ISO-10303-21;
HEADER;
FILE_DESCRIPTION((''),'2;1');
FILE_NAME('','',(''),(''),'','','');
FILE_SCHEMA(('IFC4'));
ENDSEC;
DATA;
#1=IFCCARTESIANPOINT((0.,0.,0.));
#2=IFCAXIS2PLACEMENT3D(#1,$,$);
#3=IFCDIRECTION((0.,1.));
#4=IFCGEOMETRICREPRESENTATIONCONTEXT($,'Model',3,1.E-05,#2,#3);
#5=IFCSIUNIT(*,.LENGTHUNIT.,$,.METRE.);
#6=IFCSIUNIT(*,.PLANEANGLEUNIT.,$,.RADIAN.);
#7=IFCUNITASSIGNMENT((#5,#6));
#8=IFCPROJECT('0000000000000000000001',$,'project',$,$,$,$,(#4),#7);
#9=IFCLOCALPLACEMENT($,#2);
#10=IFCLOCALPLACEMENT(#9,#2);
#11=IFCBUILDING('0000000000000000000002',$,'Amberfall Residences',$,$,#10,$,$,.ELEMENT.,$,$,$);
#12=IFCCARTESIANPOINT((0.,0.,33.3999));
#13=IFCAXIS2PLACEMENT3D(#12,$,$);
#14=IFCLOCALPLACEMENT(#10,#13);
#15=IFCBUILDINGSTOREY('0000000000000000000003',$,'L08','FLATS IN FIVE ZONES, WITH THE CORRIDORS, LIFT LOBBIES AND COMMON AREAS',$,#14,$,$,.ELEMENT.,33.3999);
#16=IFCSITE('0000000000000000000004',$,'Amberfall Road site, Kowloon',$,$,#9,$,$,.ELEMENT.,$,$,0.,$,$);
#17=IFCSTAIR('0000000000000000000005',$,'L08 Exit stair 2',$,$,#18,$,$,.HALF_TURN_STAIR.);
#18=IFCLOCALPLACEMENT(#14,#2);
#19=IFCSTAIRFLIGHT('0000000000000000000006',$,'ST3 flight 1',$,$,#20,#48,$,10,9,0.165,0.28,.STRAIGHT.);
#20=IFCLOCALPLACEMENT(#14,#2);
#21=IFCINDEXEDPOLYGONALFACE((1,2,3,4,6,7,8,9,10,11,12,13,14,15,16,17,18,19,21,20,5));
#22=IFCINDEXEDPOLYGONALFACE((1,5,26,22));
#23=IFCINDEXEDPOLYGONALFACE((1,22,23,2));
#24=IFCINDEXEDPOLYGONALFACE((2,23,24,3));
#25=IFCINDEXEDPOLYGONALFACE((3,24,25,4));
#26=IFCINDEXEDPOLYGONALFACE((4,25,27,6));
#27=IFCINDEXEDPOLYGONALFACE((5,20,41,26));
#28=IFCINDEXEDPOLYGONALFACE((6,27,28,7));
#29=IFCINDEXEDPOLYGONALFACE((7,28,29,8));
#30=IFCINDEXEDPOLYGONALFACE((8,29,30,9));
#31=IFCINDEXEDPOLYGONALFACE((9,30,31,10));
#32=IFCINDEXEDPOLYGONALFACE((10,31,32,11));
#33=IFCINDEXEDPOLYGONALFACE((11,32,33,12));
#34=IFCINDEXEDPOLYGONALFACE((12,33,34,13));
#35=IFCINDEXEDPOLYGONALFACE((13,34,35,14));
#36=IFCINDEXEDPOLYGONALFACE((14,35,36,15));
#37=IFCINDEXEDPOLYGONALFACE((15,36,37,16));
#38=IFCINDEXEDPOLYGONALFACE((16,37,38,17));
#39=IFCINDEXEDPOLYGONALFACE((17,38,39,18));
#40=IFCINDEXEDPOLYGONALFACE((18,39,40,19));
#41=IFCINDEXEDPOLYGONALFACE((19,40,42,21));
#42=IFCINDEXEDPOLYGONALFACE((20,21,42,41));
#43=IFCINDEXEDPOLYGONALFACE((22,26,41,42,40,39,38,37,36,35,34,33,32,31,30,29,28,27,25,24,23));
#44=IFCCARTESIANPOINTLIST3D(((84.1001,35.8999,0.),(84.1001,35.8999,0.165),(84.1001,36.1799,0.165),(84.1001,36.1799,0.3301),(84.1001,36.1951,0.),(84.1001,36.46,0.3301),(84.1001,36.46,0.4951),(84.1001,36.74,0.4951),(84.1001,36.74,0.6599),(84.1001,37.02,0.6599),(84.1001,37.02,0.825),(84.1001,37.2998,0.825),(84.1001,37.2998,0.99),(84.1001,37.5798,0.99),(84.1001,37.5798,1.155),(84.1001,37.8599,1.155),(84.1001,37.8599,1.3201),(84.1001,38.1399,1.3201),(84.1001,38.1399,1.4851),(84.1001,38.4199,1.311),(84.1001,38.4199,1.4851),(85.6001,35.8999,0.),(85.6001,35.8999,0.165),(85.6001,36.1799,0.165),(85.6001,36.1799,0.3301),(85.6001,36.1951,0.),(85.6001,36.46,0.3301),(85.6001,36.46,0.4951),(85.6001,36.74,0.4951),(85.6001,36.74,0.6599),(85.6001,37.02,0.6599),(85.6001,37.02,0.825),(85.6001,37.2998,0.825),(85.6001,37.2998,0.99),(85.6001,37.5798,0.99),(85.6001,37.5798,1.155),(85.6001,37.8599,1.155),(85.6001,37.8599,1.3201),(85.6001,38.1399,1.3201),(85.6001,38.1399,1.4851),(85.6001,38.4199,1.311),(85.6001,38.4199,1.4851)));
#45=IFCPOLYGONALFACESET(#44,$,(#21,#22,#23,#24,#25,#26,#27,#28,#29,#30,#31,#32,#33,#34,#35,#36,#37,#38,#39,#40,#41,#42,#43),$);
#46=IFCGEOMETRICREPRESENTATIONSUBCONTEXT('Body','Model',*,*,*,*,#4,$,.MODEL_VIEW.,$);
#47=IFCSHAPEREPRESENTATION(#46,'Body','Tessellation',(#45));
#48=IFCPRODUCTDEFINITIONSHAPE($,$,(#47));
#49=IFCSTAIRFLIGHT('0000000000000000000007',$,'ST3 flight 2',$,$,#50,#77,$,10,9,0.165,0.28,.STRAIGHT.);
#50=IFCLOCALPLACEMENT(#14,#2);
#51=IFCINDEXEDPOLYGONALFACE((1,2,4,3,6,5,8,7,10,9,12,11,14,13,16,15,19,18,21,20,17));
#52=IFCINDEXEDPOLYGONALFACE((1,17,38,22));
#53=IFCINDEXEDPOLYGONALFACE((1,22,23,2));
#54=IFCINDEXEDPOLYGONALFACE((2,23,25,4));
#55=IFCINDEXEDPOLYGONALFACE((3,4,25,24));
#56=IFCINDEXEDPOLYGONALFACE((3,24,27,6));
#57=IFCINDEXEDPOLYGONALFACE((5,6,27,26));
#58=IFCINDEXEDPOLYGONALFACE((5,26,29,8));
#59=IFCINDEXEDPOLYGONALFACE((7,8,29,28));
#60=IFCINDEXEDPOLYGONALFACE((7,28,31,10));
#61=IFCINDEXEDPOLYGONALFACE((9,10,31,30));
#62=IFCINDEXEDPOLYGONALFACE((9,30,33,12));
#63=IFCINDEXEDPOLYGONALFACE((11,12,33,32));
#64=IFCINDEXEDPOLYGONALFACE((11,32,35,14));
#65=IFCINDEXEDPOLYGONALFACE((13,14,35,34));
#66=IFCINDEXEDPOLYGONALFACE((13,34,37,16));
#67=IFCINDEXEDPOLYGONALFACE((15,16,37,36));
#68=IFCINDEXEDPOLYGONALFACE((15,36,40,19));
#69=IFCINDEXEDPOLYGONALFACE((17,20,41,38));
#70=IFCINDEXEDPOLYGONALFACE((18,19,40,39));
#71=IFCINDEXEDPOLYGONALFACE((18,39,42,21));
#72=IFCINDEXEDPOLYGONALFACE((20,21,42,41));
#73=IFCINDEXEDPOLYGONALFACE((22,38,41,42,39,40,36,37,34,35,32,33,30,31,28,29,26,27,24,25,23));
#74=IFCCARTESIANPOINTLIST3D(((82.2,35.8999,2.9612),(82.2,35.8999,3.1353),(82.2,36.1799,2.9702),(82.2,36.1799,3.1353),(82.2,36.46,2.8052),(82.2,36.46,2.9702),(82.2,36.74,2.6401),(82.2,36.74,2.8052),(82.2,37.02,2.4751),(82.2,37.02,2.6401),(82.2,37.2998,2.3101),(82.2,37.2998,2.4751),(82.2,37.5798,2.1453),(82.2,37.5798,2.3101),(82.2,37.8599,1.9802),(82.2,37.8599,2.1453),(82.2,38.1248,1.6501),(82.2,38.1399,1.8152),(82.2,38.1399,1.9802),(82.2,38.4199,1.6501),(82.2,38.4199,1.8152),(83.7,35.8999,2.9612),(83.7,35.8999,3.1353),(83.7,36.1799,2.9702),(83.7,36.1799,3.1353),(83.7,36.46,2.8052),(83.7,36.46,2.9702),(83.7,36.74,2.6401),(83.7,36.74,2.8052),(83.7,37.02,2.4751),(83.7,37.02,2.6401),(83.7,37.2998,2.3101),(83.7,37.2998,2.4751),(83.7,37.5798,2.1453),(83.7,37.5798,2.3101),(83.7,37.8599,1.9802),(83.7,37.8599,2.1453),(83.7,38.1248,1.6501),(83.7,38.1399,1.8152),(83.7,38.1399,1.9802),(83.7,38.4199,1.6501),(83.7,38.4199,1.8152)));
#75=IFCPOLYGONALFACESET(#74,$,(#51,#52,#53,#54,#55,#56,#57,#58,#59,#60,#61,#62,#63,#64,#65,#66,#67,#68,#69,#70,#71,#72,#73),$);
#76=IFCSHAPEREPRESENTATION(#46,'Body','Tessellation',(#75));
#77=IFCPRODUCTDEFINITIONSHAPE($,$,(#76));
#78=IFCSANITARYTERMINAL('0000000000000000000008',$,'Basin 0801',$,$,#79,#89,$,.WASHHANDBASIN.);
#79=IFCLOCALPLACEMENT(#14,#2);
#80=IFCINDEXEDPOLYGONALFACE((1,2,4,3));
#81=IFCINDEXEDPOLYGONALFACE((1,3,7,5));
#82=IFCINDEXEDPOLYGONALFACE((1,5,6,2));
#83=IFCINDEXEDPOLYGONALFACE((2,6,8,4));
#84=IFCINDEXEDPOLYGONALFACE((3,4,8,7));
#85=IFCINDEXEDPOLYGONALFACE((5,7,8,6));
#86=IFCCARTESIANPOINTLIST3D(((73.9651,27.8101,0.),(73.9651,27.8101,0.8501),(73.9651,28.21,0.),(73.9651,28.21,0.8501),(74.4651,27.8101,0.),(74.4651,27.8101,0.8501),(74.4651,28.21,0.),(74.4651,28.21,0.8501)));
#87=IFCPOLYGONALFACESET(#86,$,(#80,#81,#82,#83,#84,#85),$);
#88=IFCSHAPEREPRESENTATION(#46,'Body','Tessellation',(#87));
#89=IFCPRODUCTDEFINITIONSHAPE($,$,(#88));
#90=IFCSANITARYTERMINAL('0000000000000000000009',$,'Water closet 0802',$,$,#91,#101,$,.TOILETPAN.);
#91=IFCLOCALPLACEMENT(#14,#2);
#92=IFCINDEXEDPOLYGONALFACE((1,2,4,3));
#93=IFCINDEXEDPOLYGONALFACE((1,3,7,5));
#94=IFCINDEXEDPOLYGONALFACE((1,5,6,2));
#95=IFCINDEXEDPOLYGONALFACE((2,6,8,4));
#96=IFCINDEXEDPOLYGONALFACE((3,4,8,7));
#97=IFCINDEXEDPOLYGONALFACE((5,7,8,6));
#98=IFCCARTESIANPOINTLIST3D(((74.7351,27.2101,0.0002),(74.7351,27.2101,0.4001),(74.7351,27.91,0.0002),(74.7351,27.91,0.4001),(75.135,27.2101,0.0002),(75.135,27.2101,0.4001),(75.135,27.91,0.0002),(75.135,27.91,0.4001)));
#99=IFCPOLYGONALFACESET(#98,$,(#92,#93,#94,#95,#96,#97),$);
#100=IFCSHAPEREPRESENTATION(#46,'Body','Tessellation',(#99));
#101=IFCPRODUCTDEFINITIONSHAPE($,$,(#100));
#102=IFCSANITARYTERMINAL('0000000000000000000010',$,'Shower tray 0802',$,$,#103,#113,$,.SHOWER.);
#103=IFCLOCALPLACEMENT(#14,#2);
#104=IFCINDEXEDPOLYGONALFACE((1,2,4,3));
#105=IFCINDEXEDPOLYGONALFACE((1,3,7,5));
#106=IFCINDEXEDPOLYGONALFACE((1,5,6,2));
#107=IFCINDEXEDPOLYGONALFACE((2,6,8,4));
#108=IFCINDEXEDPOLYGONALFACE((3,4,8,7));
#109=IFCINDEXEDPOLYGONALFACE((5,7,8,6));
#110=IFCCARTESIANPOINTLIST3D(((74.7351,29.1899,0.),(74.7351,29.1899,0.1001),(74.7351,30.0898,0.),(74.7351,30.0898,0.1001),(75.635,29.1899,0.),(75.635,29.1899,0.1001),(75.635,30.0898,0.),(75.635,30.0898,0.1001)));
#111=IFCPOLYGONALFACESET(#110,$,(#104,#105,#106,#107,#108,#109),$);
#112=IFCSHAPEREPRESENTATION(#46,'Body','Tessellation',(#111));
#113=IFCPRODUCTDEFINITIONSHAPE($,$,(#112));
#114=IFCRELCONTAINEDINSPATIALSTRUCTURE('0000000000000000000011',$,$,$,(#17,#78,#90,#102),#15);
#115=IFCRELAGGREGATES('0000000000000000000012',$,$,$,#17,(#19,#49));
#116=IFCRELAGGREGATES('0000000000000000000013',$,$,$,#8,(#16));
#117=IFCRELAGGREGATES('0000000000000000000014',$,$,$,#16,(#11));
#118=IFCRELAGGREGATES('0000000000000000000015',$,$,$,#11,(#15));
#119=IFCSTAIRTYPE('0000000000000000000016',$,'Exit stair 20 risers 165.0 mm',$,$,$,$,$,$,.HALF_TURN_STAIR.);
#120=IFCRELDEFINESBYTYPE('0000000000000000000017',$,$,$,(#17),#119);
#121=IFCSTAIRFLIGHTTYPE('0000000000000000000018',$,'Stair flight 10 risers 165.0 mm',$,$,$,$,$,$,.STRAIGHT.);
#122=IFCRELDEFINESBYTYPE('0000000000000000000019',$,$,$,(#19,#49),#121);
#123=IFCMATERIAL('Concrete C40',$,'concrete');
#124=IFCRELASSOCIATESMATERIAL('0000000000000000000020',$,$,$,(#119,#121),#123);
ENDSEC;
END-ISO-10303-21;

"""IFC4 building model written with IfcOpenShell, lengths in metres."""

from ifc_helpers import new_model, si_unit, direction, frame, origin, origin_2d, place, context, subcontext, project, spatial, polyline, rectangle, outline, extrude, material, type_object, element, aggregate, save


model = new_model("IFC4")

# Units and contexts
model_context = context("Model", 3, precision=1e-05, world=origin(), true_north=direction((0.0, 1.0)))
body_context = subcontext(model_context, "Body", "Model", "MODEL_VIEW")
ifc_project = project(units=[si_unit("LENGTHUNIT", "METRE"), si_unit("PLANEANGLEUNIT", "RADIAN")], contexts=[model_context])

# Site, building, storey
site_placement = place(None, origin())
site = spatial("IfcSite", under=ifc_project, at=site_placement, Name="Amberfall Road site, Kowloon", CompositionType="ELEMENT", RefElevation=0.0)
building_placement = place(site_placement, origin())
building = spatial("IfcBuilding", under=site, at=building_placement, Name="Amberfall Residences", CompositionType="ELEMENT")
storey_placement = place(building_placement, frame((0.0, 0.0, 33.3999)))
storey = spatial("IfcBuildingStorey", under=building, at=storey_placement, Name="L08", Description="FLATS IN FIVE ZONES, WITH THE CORRIDORS, LIFT LOBBIES AND COMMON AREAS", CompositionType="ELEMENT", Elevation=33.3999)

# Stair, stair flights
ifc_material_1 = material(Name="Concrete C40", Category="concrete")
stair_type = type_object("IfcStairType", Name="Exit stair 20 risers 165.0 mm", PredefinedType="HALF_TURN_STAIR", material=ifc_material_1)
stair_placement = place(storey_placement, origin())
stair = element("IfcStair", 1, at=stair_placement, inside=storey, type_object=stair_type, Name="L08 Exit stair 2", PredefinedType="HALF_TURN_STAIR")
stair_flight_type = type_object("IfcStairFlightType", Name="Stair flight 10 risers 165.0 mm", PredefinedType="STRAIGHT", material=ifc_material_1)
stair_flight_1_placement = place(storey_placement, frame((84.8501, 35.8999, 0.0), z_axis=(0.0, 0.0, 1.0), x_axis=(0.0, 1.0, 0.0)))
stair_flight_1 = element("IfcStairFlight", 2, at=stair_flight_1_placement, type_object=stair_flight_type, Name="ST3 flight 1", NumberOfRisers=10, NumberOfTreads=9, PredefinedType="STRAIGHT", RiserHeight=0.165, TreadLength=0.28, context=body_context, shape_type="SweptSolid", body=[
    extrude(outline(polyline([(0.0, 0.0), (0.0, 0.165), (0.28, 0.165), (0.28, 0.3301), (0.5601, 0.3301), (0.5601, 0.4951), (0.8401, 0.4951), (0.8401, 0.6599), (1.1201, 0.6599), (1.1201, 0.825), (1.3999, 0.825), (1.3999, 0.99), (1.6799, 0.99), (1.6799, 1.155), (1.96, 1.155), (1.96, 1.3201), (2.24, 1.3201), (2.24, 1.4851), (2.52, 1.4851), (2.52, 1.6499), (2.52, 1.311), (0.2952, 0.0), (0.0, 0.0)])), frame((0.0, 0.75, 0.0), z_axis=(0.0, -1.0, 0.0), x_axis=(1.0, 0.0, 0.0)), (0.0, 0.0, 1.0), 1.5),
])
stair_flight_2_placement = place(storey_placement, frame((82.95, 38.4199, 1.6501), z_axis=(0.0, 0.0, 1.0), x_axis=(0.0, -1.0, 0.0)))
stair_flight_2 = element("IfcStairFlight", 3, at=stair_flight_2_placement, type_object=stair_flight_type, Name="ST3 flight 2", NumberOfRisers=10, NumberOfTreads=9, PredefinedType="STRAIGHT", RiserHeight=0.165, TreadLength=0.28, context=body_context, shape_type="SweptSolid", body=[
    extrude(outline(polyline([(0.0, 0.0), (0.0, 0.165), (0.28, 0.165), (0.28, 0.3301), (0.5601, 0.3301), (0.5601, 0.4951), (0.8401, 0.4951), (0.8401, 0.6599), (1.1201, 0.6599), (1.1201, 0.825), (1.3999, 0.825), (1.3999, 0.99), (1.6799, 0.99), (1.6799, 1.155), (1.96, 1.155), (1.96, 1.3201), (2.24, 1.3201), (2.24, 1.4851), (2.52, 1.4851), (2.52, 1.6499), (2.52, 1.311), (0.2952, 0.0), (0.0, 0.0)])), frame((0.0, 0.75, 0.0), z_axis=(0.0, -1.0, 0.0), x_axis=(1.0, 0.0, 0.0)), (0.0, 0.0, 1.0), 1.5),
])
aggregate(stair, [stair_flight_1, stair_flight_2])

# Sanitary terminals
sanitary_terminal_1_placement = place(storey_placement, frame((74.2151, 28.01, 0.0), z_axis=(0.0, 0.0, 1.0), x_axis=(1.0, 0.0, 0.0)))
element("IfcSanitaryTerminal", 4, at=sanitary_terminal_1_placement, inside=storey, Name="Basin 0801", PredefinedType="WASHHANDBASIN", context=body_context, shape_type="SweptSolid", body=[
    extrude(rectangle(XDim=0.5, YDim=0.3999, at=origin_2d()), origin(), (0.0, 0.0, 1.0), 0.8501),
])
sanitary_terminal_2_placement = place(storey_placement, frame((74.9351, 27.5601, 0.0002), z_axis=(0.0, 0.0, 1.0), x_axis=(1.0, 0.0, 0.0)))
element("IfcSanitaryTerminal", 5, at=sanitary_terminal_2_placement, inside=storey, Name="Water closet 0802", PredefinedType="TOILETPAN", context=body_context, shape_type="SweptSolid", body=[
    extrude(rectangle(XDim=0.3999, YDim=0.7, at=origin_2d()), origin(), (0.0, 0.0, 1.0), 0.3999),
])
sanitary_terminal_3_placement = place(storey_placement, frame((75.1851, 29.6399, 0.0), z_axis=(0.0, 0.0, 1.0), x_axis=(1.0, 0.0, 0.0)))
element("IfcSanitaryTerminal", 6, at=sanitary_terminal_3_placement, inside=storey, Name="Shower tray 0802", PredefinedType="SHOWER", context=body_context, shape_type="SweptSolid", body=[
    extrude(rectangle(XDim=0.8999, YDim=0.8999, at=origin_2d()), origin(), (0.0, 0.0, 1.0), 0.1001),
])

save(model, "model.ifc")
